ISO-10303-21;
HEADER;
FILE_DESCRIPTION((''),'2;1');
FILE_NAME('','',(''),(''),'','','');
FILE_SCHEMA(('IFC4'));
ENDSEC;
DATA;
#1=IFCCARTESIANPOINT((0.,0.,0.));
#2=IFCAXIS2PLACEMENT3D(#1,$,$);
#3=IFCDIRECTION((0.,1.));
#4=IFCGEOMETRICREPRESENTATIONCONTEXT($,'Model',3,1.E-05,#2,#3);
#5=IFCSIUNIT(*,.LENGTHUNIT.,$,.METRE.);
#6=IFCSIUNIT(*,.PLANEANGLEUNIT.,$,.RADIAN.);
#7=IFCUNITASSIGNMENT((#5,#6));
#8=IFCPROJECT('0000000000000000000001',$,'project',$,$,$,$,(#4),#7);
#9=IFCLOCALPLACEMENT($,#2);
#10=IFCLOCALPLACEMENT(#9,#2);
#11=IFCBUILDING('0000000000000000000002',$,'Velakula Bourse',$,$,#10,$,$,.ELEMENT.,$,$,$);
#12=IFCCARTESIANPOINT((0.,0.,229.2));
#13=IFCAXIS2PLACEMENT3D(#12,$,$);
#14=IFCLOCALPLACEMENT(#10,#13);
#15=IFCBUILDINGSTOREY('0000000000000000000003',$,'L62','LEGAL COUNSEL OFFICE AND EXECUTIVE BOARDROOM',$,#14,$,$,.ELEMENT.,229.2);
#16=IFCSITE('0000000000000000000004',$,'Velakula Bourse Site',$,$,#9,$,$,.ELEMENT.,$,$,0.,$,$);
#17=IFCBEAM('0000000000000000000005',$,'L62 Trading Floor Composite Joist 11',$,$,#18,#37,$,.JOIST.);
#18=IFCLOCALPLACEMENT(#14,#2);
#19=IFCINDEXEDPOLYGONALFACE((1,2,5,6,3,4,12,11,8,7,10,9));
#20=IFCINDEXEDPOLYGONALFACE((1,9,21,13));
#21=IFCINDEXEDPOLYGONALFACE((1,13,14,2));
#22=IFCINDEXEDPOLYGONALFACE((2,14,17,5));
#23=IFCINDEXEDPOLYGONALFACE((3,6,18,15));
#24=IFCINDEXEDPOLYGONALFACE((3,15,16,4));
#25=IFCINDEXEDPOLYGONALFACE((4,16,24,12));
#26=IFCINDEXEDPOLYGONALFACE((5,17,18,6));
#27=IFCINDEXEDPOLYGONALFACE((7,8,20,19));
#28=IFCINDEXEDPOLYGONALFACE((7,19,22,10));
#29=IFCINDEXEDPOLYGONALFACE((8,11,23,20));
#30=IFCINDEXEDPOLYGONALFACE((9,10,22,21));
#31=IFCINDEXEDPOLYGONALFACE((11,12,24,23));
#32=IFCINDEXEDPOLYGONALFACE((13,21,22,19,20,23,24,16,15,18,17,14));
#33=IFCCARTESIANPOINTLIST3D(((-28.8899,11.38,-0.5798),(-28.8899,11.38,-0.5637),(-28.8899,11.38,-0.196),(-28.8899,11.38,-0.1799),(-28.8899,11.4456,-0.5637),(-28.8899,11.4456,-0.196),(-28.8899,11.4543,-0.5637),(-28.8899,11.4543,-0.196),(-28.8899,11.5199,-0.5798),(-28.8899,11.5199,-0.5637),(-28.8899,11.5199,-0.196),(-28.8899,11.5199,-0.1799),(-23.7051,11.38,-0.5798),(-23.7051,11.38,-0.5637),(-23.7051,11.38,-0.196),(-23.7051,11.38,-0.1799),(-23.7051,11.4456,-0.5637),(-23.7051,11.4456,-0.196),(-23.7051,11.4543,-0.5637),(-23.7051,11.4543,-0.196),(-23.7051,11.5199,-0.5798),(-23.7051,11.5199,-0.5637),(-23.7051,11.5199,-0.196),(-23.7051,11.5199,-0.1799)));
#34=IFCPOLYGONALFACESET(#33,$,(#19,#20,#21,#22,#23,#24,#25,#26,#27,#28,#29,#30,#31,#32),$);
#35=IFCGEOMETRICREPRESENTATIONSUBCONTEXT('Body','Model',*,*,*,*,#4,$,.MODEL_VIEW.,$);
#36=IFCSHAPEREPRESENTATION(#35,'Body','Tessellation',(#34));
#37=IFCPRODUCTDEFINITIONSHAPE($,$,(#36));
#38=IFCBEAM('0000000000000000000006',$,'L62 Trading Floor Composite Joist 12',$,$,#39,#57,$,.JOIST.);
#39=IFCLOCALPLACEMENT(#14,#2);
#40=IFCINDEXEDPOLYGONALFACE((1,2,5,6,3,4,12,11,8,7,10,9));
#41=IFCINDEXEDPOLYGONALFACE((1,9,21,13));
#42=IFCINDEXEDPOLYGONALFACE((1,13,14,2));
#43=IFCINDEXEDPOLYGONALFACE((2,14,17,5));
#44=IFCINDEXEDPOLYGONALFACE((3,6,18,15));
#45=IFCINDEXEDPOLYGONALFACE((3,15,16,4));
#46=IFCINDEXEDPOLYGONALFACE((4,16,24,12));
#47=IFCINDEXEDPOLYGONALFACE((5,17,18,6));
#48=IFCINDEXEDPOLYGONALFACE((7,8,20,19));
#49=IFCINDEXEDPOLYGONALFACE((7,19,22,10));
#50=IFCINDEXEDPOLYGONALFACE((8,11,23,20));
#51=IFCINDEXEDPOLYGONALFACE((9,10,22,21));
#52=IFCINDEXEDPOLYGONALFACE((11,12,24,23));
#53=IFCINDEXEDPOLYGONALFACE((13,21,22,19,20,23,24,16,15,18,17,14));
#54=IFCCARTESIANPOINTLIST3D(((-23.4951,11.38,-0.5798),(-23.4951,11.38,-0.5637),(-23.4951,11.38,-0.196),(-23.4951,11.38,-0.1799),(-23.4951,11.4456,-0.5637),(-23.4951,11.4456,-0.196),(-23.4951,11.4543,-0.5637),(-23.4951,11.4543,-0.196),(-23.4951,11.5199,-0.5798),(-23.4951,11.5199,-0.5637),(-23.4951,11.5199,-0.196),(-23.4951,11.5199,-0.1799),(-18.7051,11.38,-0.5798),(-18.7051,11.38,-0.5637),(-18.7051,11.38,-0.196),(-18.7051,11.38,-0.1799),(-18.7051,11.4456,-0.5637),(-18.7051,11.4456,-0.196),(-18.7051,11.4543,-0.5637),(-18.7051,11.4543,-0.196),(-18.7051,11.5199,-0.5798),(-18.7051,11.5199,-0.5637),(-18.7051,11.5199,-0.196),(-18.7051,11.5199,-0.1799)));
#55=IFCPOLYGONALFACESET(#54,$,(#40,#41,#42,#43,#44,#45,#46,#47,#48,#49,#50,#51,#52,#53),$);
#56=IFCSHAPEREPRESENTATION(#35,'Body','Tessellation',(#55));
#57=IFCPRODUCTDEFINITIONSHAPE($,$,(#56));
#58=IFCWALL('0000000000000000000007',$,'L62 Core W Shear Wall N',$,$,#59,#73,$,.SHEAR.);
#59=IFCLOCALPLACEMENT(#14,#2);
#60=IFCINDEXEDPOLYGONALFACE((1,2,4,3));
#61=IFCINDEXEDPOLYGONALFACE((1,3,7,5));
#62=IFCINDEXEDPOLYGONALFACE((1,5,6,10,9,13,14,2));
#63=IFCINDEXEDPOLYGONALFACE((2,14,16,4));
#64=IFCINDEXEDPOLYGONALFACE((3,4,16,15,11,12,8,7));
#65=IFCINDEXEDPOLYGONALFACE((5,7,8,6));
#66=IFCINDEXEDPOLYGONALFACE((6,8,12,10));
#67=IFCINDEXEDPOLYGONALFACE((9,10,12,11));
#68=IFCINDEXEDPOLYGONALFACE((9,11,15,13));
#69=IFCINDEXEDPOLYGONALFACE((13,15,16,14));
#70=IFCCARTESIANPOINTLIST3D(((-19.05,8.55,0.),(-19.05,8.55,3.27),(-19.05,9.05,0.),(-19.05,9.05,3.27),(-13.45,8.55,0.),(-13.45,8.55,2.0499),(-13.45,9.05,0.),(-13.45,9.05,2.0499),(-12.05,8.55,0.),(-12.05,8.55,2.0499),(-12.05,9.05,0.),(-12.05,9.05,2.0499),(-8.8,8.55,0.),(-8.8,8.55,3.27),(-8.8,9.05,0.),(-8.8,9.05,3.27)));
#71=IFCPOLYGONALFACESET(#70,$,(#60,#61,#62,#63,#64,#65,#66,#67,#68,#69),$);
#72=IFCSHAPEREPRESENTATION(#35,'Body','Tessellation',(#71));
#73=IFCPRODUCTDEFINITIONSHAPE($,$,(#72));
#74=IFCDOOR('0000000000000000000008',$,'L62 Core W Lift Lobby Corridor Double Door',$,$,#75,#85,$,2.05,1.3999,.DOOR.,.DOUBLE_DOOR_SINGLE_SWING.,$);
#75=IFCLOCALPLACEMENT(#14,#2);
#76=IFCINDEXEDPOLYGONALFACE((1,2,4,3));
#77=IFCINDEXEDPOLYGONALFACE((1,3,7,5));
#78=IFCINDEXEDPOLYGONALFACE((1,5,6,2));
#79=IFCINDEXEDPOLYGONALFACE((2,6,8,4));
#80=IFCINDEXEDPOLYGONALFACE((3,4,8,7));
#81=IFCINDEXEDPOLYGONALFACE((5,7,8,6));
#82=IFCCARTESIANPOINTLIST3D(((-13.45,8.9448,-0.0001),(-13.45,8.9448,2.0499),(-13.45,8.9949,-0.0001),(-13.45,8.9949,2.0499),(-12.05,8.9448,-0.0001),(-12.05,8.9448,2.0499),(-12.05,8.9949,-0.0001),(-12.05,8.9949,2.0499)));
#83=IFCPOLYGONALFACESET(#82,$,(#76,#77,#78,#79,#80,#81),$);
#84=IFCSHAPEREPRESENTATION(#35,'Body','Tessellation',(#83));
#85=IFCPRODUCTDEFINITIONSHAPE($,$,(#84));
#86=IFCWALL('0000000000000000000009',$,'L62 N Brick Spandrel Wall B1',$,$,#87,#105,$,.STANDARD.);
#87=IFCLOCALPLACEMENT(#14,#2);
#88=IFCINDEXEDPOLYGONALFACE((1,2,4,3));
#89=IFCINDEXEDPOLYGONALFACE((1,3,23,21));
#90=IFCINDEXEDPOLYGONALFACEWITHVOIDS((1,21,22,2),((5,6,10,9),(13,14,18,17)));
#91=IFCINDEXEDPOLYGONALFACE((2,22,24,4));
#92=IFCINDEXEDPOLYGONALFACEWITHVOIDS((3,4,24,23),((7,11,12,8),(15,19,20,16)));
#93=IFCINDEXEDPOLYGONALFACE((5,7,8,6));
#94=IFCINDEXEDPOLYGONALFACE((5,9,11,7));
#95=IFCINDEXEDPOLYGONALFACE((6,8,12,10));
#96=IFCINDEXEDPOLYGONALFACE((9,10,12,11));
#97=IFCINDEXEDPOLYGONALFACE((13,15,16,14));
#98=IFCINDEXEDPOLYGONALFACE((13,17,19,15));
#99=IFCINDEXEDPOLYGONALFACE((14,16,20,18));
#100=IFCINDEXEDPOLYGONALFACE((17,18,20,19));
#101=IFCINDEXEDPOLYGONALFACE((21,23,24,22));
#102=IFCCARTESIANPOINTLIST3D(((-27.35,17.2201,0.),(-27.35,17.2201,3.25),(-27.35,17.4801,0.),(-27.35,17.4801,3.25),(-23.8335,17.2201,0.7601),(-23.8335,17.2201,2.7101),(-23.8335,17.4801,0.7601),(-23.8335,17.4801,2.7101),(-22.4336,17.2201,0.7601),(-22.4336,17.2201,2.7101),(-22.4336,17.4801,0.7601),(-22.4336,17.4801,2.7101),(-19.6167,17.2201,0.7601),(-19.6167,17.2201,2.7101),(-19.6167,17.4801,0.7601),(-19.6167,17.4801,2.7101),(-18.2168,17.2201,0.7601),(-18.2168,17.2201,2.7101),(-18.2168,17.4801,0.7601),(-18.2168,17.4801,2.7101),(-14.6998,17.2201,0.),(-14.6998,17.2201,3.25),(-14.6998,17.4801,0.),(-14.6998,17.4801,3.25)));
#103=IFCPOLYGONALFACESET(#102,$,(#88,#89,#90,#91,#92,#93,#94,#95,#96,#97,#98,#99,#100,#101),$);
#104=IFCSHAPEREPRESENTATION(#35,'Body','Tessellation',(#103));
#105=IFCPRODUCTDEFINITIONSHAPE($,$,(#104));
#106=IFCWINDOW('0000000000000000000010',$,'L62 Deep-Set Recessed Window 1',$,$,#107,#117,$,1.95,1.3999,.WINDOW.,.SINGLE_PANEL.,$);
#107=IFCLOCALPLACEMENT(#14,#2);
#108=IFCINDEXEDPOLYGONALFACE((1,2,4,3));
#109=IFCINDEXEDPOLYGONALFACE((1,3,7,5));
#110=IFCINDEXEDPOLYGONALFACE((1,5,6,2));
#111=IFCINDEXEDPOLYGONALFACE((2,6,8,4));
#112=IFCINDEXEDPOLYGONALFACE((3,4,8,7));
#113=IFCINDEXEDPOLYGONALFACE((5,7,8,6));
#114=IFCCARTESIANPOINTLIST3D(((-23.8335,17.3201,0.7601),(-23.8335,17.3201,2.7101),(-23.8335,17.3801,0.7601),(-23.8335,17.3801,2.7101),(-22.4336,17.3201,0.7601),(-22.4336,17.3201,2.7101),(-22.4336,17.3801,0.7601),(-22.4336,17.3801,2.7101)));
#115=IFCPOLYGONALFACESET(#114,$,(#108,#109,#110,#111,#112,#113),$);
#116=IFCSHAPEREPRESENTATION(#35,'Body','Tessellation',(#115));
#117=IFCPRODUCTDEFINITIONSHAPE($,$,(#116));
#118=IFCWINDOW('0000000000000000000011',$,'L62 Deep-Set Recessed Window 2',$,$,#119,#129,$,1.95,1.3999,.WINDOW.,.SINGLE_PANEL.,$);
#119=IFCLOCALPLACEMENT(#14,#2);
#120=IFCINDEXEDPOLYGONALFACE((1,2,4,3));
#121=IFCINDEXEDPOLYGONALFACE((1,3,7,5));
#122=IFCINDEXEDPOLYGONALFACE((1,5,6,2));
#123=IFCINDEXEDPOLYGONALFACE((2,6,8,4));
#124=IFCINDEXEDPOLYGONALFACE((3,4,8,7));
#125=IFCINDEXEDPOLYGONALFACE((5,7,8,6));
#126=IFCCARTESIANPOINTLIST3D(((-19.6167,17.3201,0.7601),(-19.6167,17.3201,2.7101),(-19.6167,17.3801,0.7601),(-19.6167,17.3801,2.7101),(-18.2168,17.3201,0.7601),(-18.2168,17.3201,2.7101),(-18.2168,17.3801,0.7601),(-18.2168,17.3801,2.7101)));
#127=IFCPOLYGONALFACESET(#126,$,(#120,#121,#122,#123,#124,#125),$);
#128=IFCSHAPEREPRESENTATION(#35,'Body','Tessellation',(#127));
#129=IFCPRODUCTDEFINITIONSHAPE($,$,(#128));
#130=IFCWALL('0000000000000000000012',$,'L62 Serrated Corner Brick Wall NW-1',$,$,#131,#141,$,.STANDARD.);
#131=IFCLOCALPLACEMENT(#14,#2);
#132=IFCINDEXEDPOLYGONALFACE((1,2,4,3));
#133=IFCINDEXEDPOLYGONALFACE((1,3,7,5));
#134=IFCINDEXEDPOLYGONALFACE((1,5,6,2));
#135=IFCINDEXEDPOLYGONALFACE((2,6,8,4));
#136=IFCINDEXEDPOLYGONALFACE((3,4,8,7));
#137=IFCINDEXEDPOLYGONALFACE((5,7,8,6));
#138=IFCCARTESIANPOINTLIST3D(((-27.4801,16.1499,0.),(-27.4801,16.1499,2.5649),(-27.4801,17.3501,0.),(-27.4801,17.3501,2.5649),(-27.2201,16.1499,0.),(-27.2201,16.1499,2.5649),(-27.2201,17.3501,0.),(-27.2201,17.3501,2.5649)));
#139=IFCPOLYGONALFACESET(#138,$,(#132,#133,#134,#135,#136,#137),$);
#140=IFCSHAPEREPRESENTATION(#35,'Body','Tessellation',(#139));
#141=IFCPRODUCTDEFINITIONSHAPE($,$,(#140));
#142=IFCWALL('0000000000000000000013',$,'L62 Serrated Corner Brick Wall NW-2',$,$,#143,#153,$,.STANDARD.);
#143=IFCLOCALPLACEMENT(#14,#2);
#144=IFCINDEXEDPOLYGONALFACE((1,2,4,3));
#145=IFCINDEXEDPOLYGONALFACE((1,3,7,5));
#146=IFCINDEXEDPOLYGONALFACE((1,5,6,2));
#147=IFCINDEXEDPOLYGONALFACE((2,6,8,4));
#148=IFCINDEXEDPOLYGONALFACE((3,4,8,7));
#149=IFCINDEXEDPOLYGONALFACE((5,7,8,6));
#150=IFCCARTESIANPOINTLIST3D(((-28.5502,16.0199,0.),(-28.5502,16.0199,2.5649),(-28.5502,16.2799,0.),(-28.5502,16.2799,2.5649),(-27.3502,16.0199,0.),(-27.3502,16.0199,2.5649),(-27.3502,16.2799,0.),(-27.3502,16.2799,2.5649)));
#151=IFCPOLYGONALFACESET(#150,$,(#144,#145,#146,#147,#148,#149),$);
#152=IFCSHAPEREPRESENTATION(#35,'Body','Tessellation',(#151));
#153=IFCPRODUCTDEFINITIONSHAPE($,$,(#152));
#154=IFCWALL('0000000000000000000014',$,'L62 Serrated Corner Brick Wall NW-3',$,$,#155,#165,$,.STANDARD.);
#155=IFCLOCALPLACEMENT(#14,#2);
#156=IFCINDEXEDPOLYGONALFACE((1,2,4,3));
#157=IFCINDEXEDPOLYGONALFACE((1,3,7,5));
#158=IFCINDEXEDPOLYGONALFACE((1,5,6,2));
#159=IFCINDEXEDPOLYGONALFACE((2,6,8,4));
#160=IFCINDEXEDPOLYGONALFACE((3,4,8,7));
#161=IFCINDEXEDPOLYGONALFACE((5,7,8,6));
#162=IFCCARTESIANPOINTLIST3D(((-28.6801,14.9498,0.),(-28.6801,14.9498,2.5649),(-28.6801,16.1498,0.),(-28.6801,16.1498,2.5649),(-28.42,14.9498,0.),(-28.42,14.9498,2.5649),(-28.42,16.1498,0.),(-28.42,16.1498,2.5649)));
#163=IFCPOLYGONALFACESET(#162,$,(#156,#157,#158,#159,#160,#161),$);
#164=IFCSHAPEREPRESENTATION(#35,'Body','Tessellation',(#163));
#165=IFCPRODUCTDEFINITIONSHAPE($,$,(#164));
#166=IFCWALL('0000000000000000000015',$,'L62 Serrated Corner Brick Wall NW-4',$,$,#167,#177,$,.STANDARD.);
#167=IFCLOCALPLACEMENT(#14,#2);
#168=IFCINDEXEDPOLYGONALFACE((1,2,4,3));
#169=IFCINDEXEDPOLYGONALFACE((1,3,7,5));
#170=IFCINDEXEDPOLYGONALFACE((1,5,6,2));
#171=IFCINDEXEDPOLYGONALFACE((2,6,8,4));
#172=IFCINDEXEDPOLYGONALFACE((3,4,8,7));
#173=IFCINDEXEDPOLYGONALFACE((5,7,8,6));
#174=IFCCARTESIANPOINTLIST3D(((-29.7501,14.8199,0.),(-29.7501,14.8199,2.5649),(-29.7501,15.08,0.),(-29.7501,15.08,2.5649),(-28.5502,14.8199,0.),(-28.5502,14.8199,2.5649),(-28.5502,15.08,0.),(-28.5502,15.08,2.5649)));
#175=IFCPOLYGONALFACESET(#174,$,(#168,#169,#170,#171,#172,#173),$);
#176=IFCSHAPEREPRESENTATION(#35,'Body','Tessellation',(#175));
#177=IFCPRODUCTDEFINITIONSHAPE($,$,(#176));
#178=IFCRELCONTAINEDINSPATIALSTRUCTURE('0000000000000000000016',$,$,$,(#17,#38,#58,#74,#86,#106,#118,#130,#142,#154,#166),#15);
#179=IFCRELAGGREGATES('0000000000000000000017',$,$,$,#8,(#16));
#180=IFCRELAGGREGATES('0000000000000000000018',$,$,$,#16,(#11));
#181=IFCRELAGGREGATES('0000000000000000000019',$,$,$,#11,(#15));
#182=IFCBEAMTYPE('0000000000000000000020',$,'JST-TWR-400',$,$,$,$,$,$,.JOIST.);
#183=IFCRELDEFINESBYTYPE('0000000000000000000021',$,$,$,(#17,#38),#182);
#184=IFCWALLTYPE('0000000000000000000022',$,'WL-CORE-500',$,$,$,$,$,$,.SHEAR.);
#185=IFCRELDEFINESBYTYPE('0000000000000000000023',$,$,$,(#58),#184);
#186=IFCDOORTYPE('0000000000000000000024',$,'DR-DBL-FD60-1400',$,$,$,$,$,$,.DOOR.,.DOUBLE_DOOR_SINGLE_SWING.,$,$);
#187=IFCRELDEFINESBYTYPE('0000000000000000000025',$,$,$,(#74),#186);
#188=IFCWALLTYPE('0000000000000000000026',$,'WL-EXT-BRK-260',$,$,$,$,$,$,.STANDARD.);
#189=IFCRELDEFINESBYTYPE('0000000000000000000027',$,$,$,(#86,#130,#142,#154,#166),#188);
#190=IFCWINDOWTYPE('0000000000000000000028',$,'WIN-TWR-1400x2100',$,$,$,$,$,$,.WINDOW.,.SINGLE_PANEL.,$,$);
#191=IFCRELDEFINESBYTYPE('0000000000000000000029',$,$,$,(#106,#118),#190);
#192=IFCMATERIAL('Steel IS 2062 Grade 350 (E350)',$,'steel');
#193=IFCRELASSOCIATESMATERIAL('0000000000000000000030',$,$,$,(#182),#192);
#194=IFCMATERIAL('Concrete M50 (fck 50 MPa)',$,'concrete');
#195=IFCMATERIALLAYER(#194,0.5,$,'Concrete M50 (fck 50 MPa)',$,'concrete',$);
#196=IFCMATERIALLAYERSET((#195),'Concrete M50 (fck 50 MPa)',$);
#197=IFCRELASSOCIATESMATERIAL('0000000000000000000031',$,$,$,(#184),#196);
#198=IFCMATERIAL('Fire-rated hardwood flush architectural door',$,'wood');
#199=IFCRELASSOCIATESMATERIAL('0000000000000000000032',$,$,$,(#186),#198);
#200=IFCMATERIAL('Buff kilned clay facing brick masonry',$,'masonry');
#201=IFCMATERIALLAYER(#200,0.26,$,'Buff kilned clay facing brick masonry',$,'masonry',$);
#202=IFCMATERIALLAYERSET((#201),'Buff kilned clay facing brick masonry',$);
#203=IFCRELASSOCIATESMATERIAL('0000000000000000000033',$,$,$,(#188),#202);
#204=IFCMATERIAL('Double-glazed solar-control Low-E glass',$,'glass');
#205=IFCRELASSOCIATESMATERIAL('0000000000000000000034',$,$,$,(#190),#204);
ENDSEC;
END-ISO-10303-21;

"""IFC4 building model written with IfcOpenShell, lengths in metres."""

from ifc_helpers import new_model, si_unit, direction, frame, frame_2d, origin, origin_2d, place, context, subcontext, project, spatial, rectangle, i_section, extrude, material, layer, layer_set, material_profile, profile_set, type_object, element, fill, save


model = new_model("IFC4")

# Units and contexts
model_context = context("Model", 3, precision=1e-05, world=origin(), true_north=direction((0.0, 1.0)))
body_context = subcontext(model_context, "Body", "Model", "MODEL_VIEW")
ifc_project = project(units=[si_unit("LENGTHUNIT", "METRE"), si_unit("PLANEANGLEUNIT", "RADIAN")], contexts=[model_context])

# Site, building, storey
site_placement = place(None, origin())
site = spatial("IfcSite", under=ifc_project, at=site_placement, Name="Velakula Bourse Site", CompositionType="ELEMENT", RefElevation=0.0)
building_placement = place(site_placement, origin())
building = spatial("IfcBuilding", under=site, at=building_placement, Name="Velakula Bourse", CompositionType="ELEMENT")
storey_placement = place(building_placement, frame((0.0, 0.0, 229.2)))
storey = spatial("IfcBuildingStorey", under=building, at=storey_placement, Name="L62", Description="LEGAL COUNSEL OFFICE AND EXECUTIVE BOARDROOM", CompositionType="ELEMENT", Elevation=229.2)

# Shared definitions
ifc_material_1 = material(Name="Steel IS 2062 Grade 350 (E350)", Category="steel")

# Beams
ifc_material_profile_1 = material_profile(ifc_material_1, i_section(OverallWidth=0.1399, OverallDepth=0.3999, WebThickness=0.0088, FlangeThickness=0.0161, at=origin_2d()), Name="Steel IS 2062 Grade 350 (E350)")
ifc_profile_set_1 = profile_set([ifc_material_profile_1], Name="Steel IS 2062 Grade 350 (E350)")
beam_type_1 = type_object("IfcBeamType", Name="JST-TWR-400", PredefinedType="JOIST", material=ifc_profile_set_1)
beam_1_placement = place(storey_placement, frame((-28.8899, 11.45, -0.3799), z_axis=(1.0, 0.0, 0.0), x_axis=(0.0, 1.0, 0.0)))
element("IfcBeam", 1, at=beam_1_placement, inside=storey, type_object=beam_type_1, Name="L62 Trading Floor Composite Joist 11", PredefinedType="JOIST", context=body_context, shape_type="SweptSolid", body=[
    extrude(i_section(OverallWidth=0.1399, OverallDepth=0.3999, WebThickness=0.0088, FlangeThickness=0.0161, at=origin_2d()), origin(), (0.0, 0.0, 1.0), 5.1848),
])
beam_2_placement = place(storey_placement, frame((-23.4951, 11.45, -0.3799), z_axis=(1.0, 0.0, 0.0), x_axis=(0.0, 1.0, 0.0)))
element("IfcBeam", 2, at=beam_2_placement, inside=storey, type_object=beam_type_1, Name="L62 Trading Floor Composite Joist 12", PredefinedType="JOIST", context=body_context, shape_type="SweptSolid", body=[
    extrude(i_section(OverallWidth=0.1399, OverallDepth=0.3999, WebThickness=0.0088, FlangeThickness=0.0161, at=origin_2d()), origin(), (0.0, 0.0, 1.0), 4.79),
])

# Wall, opening, door
ifc_material_2 = material(Name="Concrete M50 (fck 50 MPa)", Category="concrete")
ifc_layer_1 = layer(ifc_material_2, 0.5, Name="Concrete M50 (fck 50 MPa)", Category="concrete")
ifc_layer_set_1 = layer_set([ifc_layer_1], Name="Concrete M50 (fck 50 MPa)")
wall_type_1 = type_object("IfcWallType", Name="WL-CORE-500", PredefinedType="SHEAR", material=ifc_layer_set_1)
wall_1_placement = place(storey_placement, frame((-19.05, 8.8, 0.0), z_axis=(0.0, 0.0, 1.0), x_axis=(1.0, 0.0, 0.0)))
wall_1 = element("IfcWall", 3, at=wall_1_placement, inside=storey, type_object=wall_type_1, Name="L62 Core W Shear Wall N", PredefinedType="SHEAR", context=body_context, shape_type="SweptSolid", body=[
    extrude(rectangle(XDim=10.25, YDim=0.5, at=frame_2d((5.125, 0.0))), origin(), (0.0, 0.0, 1.0), 3.27),
])
opening_1_placement = place(wall_1_placement, frame((5.6001, 0.0, 0.0)))
opening_1 = element("IfcOpeningElement", 4, at=opening_1_placement, cuts=wall_1, PredefinedType="OPENING", context=body_context, shape_type="SweptSolid", body=[
    extrude(rectangle(XDim=1.3999, YDim=2.05, at=frame_2d((0.7, 1.0249))), frame((0.0, 0.26, 0.0), z_axis=(0.0, -1.0, 0.0), x_axis=(1.0, 0.0, 0.0)), (0.0, 0.0, 1.0), 0.52),
])
ifc_material_3 = material(Name="Fire-rated hardwood flush architectural door", Category="wood")
door_type_1 = type_object("IfcDoorType", Name="DR-DBL-FD60-1400", OperationType="DOUBLE_DOOR_SINGLE_SWING", PredefinedType="DOOR", material=ifc_material_3)
door_1_placement = place(opening_1_placement, origin())
door_1 = element("IfcDoor", 5, at=door_1_placement, inside=storey, type_object=door_type_1, Name="L62 Core W Lift Lobby Corridor Double Door", OperationType="DOUBLE_DOOR_SINGLE_SWING", OverallHeight=2.05, OverallWidth=1.3999, PredefinedType="DOOR", context=body_context, shape_type="SweptSolid", body=[
    extrude(rectangle(XDim=1.3999, YDim=2.05, at=frame_2d((0.7, 1.0249))), frame((0.0, 0.1948, 0.0), z_axis=(0.0, -1.0, 0.0), x_axis=(1.0, 0.0, 0.0)), (0.0, 0.0, 1.0), 0.05),
])
fill(opening_1, door_1)

# Wall, openings, windows
ifc_material_4 = material(Name="Buff kilned clay facing brick masonry", Category="masonry")
ifc_layer_2 = layer(ifc_material_4, 0.26, Name="Buff kilned clay facing brick masonry", Category="masonry")
ifc_layer_set_2 = layer_set([ifc_layer_2], Name="Buff kilned clay facing brick masonry")
wall_type_2 = type_object("IfcWallType", Name="WL-EXT-BRK-260", PredefinedType="STANDARD", material=ifc_layer_set_2)
wall_2_placement = place(storey_placement, frame((-27.3501, 17.3501, 0.0), z_axis=(0.0, 0.0, 1.0), x_axis=(1.0, 0.0, 0.0)))
wall_2 = element("IfcWall", 6, at=wall_2_placement, inside=storey, type_object=wall_type_2, Name="L62 N Brick Spandrel Wall B1", PredefinedType="STANDARD", context=body_context, shape_type="SweptSolid", body=[
    extrude(rectangle(XDim=12.6501, YDim=0.26, at=frame_2d((6.3252, 0.0))), origin(), (0.0, 0.0, 1.0), 3.25),
])
opening_2_placement = place(wall_2_placement, frame((3.5166, 0.0, 0.76)))
opening_2 = element("IfcOpeningElement", 7, at=opening_2_placement, cuts=wall_2, PredefinedType="OPENING", context=body_context, shape_type="SweptSolid", body=[
    extrude(rectangle(XDim=1.3999, YDim=1.95, at=frame_2d((0.7, 0.9751))), frame((0.0, 0.1399, 0.0), z_axis=(0.0, -1.0, 0.0), x_axis=(1.0, 0.0, 0.0)), (0.0, 0.0, 1.0), 0.28),
])
opening_3_placement = place(wall_2_placement, frame((7.7334, 0.0, 0.76)))
opening_3 = element("IfcOpeningElement", 8, at=opening_3_placement, cuts=wall_2, PredefinedType="OPENING", context=body_context, shape_type="SweptSolid", body=[
    extrude(rectangle(XDim=1.3999, YDim=1.95, at=frame_2d((0.7, 0.9751))), frame((0.0, 0.1399, 0.0), z_axis=(0.0, -1.0, 0.0), x_axis=(1.0, 0.0, 0.0)), (0.0, 0.0, 1.0), 0.28),
])
ifc_material_5 = material(Name="Double-glazed solar-control Low-E glass", Category="glass")
window_type = type_object("IfcWindowType", Name="WIN-TWR-1400x2100", PartitioningType="SINGLE_PANEL", PredefinedType="WINDOW", material=ifc_material_5)
window_1_placement = place(opening_2_placement, origin())
window_1 = element("IfcWindow", 9, at=window_1_placement, inside=storey, type_object=window_type, Name="L62 Deep-Set Recessed Window 1", OverallHeight=1.95, OverallWidth=1.3999, PartitioningType="SINGLE_PANEL", PredefinedType="WINDOW", context=body_context, shape_type="SweptSolid", body=[
    extrude(rectangle(XDim=1.3999, YDim=1.95, at=frame_2d((0.7, 0.9751))), frame((0.0, 0.03, 0.0), z_axis=(0.0, -1.0, 0.0), x_axis=(1.0, 0.0, 0.0)), (0.0, 0.0, 1.0), 0.0601),
])
fill(opening_2, window_1)
window_2_placement = place(opening_3_placement, origin())
window_2 = element("IfcWindow", 10, at=window_2_placement, inside=storey, type_object=window_type, Name="L62 Deep-Set Recessed Window 2", OverallHeight=1.95, OverallWidth=1.3999, PartitioningType="SINGLE_PANEL", PredefinedType="WINDOW", context=body_context, shape_type="SweptSolid", body=[
    extrude(rectangle(XDim=1.3999, YDim=1.95, at=frame_2d((0.7, 0.9751))), frame((0.0, 0.03, 0.0), z_axis=(0.0, -1.0, 0.0), x_axis=(1.0, 0.0, 0.0)), (0.0, 0.0, 1.0), 0.0601),
])
fill(opening_3, window_2)

# Walls
wall_3_placement = place(storey_placement, frame((-27.3501, 17.3501, 0.0), z_axis=(0.0, 0.0, 1.0), x_axis=(0.0, -1.0, 0.0)))
element("IfcWall", 11, at=wall_3_placement, inside=storey, type_object=wall_type_2, Name="L62 Serrated Corner Brick Wall NW-1", PredefinedType="STANDARD", context=body_context, shape_type="SweptSolid", body=[
    extrude(rectangle(XDim=1.2002, YDim=0.26, at=frame_2d((0.6001, 0.0))), origin(), (0.0, 0.0, 1.0), 2.5649),
])
for number, where, z_axis, x_axis, name in (
    (12, (-27.3501, 16.1499, 0.0), (0.0, 0.0, 1.0), (-1.0, 0.0, 0.0), "L62 Serrated Corner Brick Wall NW-2"),
    (13, (-28.55, 16.1499, 0.0), (0.0, 0.0, 1.0), (0.0, -1.0, 0.0), "L62 Serrated Corner Brick Wall NW-3"),
    (14, (-28.55, 14.95, 0.0), (0.0, 0.0, 1.0), (-1.0, 0.0, 0.0), "L62 Serrated Corner Brick Wall NW-4"),
):
    element("IfcWall", number, at=place(storey_placement, frame(where, z_axis=z_axis, x_axis=x_axis)), inside=storey, type_object=wall_type_2, Name=name, PredefinedType="STANDARD", context=body_context, shape_type="SweptSolid", body=[
        extrude(rectangle(XDim=1.2, YDim=0.26, at=frame_2d((0.6001, 0.0))), origin(), (0.0, 0.0, 1.0), 2.5649),
    ])

save(model, "model.ifc")
